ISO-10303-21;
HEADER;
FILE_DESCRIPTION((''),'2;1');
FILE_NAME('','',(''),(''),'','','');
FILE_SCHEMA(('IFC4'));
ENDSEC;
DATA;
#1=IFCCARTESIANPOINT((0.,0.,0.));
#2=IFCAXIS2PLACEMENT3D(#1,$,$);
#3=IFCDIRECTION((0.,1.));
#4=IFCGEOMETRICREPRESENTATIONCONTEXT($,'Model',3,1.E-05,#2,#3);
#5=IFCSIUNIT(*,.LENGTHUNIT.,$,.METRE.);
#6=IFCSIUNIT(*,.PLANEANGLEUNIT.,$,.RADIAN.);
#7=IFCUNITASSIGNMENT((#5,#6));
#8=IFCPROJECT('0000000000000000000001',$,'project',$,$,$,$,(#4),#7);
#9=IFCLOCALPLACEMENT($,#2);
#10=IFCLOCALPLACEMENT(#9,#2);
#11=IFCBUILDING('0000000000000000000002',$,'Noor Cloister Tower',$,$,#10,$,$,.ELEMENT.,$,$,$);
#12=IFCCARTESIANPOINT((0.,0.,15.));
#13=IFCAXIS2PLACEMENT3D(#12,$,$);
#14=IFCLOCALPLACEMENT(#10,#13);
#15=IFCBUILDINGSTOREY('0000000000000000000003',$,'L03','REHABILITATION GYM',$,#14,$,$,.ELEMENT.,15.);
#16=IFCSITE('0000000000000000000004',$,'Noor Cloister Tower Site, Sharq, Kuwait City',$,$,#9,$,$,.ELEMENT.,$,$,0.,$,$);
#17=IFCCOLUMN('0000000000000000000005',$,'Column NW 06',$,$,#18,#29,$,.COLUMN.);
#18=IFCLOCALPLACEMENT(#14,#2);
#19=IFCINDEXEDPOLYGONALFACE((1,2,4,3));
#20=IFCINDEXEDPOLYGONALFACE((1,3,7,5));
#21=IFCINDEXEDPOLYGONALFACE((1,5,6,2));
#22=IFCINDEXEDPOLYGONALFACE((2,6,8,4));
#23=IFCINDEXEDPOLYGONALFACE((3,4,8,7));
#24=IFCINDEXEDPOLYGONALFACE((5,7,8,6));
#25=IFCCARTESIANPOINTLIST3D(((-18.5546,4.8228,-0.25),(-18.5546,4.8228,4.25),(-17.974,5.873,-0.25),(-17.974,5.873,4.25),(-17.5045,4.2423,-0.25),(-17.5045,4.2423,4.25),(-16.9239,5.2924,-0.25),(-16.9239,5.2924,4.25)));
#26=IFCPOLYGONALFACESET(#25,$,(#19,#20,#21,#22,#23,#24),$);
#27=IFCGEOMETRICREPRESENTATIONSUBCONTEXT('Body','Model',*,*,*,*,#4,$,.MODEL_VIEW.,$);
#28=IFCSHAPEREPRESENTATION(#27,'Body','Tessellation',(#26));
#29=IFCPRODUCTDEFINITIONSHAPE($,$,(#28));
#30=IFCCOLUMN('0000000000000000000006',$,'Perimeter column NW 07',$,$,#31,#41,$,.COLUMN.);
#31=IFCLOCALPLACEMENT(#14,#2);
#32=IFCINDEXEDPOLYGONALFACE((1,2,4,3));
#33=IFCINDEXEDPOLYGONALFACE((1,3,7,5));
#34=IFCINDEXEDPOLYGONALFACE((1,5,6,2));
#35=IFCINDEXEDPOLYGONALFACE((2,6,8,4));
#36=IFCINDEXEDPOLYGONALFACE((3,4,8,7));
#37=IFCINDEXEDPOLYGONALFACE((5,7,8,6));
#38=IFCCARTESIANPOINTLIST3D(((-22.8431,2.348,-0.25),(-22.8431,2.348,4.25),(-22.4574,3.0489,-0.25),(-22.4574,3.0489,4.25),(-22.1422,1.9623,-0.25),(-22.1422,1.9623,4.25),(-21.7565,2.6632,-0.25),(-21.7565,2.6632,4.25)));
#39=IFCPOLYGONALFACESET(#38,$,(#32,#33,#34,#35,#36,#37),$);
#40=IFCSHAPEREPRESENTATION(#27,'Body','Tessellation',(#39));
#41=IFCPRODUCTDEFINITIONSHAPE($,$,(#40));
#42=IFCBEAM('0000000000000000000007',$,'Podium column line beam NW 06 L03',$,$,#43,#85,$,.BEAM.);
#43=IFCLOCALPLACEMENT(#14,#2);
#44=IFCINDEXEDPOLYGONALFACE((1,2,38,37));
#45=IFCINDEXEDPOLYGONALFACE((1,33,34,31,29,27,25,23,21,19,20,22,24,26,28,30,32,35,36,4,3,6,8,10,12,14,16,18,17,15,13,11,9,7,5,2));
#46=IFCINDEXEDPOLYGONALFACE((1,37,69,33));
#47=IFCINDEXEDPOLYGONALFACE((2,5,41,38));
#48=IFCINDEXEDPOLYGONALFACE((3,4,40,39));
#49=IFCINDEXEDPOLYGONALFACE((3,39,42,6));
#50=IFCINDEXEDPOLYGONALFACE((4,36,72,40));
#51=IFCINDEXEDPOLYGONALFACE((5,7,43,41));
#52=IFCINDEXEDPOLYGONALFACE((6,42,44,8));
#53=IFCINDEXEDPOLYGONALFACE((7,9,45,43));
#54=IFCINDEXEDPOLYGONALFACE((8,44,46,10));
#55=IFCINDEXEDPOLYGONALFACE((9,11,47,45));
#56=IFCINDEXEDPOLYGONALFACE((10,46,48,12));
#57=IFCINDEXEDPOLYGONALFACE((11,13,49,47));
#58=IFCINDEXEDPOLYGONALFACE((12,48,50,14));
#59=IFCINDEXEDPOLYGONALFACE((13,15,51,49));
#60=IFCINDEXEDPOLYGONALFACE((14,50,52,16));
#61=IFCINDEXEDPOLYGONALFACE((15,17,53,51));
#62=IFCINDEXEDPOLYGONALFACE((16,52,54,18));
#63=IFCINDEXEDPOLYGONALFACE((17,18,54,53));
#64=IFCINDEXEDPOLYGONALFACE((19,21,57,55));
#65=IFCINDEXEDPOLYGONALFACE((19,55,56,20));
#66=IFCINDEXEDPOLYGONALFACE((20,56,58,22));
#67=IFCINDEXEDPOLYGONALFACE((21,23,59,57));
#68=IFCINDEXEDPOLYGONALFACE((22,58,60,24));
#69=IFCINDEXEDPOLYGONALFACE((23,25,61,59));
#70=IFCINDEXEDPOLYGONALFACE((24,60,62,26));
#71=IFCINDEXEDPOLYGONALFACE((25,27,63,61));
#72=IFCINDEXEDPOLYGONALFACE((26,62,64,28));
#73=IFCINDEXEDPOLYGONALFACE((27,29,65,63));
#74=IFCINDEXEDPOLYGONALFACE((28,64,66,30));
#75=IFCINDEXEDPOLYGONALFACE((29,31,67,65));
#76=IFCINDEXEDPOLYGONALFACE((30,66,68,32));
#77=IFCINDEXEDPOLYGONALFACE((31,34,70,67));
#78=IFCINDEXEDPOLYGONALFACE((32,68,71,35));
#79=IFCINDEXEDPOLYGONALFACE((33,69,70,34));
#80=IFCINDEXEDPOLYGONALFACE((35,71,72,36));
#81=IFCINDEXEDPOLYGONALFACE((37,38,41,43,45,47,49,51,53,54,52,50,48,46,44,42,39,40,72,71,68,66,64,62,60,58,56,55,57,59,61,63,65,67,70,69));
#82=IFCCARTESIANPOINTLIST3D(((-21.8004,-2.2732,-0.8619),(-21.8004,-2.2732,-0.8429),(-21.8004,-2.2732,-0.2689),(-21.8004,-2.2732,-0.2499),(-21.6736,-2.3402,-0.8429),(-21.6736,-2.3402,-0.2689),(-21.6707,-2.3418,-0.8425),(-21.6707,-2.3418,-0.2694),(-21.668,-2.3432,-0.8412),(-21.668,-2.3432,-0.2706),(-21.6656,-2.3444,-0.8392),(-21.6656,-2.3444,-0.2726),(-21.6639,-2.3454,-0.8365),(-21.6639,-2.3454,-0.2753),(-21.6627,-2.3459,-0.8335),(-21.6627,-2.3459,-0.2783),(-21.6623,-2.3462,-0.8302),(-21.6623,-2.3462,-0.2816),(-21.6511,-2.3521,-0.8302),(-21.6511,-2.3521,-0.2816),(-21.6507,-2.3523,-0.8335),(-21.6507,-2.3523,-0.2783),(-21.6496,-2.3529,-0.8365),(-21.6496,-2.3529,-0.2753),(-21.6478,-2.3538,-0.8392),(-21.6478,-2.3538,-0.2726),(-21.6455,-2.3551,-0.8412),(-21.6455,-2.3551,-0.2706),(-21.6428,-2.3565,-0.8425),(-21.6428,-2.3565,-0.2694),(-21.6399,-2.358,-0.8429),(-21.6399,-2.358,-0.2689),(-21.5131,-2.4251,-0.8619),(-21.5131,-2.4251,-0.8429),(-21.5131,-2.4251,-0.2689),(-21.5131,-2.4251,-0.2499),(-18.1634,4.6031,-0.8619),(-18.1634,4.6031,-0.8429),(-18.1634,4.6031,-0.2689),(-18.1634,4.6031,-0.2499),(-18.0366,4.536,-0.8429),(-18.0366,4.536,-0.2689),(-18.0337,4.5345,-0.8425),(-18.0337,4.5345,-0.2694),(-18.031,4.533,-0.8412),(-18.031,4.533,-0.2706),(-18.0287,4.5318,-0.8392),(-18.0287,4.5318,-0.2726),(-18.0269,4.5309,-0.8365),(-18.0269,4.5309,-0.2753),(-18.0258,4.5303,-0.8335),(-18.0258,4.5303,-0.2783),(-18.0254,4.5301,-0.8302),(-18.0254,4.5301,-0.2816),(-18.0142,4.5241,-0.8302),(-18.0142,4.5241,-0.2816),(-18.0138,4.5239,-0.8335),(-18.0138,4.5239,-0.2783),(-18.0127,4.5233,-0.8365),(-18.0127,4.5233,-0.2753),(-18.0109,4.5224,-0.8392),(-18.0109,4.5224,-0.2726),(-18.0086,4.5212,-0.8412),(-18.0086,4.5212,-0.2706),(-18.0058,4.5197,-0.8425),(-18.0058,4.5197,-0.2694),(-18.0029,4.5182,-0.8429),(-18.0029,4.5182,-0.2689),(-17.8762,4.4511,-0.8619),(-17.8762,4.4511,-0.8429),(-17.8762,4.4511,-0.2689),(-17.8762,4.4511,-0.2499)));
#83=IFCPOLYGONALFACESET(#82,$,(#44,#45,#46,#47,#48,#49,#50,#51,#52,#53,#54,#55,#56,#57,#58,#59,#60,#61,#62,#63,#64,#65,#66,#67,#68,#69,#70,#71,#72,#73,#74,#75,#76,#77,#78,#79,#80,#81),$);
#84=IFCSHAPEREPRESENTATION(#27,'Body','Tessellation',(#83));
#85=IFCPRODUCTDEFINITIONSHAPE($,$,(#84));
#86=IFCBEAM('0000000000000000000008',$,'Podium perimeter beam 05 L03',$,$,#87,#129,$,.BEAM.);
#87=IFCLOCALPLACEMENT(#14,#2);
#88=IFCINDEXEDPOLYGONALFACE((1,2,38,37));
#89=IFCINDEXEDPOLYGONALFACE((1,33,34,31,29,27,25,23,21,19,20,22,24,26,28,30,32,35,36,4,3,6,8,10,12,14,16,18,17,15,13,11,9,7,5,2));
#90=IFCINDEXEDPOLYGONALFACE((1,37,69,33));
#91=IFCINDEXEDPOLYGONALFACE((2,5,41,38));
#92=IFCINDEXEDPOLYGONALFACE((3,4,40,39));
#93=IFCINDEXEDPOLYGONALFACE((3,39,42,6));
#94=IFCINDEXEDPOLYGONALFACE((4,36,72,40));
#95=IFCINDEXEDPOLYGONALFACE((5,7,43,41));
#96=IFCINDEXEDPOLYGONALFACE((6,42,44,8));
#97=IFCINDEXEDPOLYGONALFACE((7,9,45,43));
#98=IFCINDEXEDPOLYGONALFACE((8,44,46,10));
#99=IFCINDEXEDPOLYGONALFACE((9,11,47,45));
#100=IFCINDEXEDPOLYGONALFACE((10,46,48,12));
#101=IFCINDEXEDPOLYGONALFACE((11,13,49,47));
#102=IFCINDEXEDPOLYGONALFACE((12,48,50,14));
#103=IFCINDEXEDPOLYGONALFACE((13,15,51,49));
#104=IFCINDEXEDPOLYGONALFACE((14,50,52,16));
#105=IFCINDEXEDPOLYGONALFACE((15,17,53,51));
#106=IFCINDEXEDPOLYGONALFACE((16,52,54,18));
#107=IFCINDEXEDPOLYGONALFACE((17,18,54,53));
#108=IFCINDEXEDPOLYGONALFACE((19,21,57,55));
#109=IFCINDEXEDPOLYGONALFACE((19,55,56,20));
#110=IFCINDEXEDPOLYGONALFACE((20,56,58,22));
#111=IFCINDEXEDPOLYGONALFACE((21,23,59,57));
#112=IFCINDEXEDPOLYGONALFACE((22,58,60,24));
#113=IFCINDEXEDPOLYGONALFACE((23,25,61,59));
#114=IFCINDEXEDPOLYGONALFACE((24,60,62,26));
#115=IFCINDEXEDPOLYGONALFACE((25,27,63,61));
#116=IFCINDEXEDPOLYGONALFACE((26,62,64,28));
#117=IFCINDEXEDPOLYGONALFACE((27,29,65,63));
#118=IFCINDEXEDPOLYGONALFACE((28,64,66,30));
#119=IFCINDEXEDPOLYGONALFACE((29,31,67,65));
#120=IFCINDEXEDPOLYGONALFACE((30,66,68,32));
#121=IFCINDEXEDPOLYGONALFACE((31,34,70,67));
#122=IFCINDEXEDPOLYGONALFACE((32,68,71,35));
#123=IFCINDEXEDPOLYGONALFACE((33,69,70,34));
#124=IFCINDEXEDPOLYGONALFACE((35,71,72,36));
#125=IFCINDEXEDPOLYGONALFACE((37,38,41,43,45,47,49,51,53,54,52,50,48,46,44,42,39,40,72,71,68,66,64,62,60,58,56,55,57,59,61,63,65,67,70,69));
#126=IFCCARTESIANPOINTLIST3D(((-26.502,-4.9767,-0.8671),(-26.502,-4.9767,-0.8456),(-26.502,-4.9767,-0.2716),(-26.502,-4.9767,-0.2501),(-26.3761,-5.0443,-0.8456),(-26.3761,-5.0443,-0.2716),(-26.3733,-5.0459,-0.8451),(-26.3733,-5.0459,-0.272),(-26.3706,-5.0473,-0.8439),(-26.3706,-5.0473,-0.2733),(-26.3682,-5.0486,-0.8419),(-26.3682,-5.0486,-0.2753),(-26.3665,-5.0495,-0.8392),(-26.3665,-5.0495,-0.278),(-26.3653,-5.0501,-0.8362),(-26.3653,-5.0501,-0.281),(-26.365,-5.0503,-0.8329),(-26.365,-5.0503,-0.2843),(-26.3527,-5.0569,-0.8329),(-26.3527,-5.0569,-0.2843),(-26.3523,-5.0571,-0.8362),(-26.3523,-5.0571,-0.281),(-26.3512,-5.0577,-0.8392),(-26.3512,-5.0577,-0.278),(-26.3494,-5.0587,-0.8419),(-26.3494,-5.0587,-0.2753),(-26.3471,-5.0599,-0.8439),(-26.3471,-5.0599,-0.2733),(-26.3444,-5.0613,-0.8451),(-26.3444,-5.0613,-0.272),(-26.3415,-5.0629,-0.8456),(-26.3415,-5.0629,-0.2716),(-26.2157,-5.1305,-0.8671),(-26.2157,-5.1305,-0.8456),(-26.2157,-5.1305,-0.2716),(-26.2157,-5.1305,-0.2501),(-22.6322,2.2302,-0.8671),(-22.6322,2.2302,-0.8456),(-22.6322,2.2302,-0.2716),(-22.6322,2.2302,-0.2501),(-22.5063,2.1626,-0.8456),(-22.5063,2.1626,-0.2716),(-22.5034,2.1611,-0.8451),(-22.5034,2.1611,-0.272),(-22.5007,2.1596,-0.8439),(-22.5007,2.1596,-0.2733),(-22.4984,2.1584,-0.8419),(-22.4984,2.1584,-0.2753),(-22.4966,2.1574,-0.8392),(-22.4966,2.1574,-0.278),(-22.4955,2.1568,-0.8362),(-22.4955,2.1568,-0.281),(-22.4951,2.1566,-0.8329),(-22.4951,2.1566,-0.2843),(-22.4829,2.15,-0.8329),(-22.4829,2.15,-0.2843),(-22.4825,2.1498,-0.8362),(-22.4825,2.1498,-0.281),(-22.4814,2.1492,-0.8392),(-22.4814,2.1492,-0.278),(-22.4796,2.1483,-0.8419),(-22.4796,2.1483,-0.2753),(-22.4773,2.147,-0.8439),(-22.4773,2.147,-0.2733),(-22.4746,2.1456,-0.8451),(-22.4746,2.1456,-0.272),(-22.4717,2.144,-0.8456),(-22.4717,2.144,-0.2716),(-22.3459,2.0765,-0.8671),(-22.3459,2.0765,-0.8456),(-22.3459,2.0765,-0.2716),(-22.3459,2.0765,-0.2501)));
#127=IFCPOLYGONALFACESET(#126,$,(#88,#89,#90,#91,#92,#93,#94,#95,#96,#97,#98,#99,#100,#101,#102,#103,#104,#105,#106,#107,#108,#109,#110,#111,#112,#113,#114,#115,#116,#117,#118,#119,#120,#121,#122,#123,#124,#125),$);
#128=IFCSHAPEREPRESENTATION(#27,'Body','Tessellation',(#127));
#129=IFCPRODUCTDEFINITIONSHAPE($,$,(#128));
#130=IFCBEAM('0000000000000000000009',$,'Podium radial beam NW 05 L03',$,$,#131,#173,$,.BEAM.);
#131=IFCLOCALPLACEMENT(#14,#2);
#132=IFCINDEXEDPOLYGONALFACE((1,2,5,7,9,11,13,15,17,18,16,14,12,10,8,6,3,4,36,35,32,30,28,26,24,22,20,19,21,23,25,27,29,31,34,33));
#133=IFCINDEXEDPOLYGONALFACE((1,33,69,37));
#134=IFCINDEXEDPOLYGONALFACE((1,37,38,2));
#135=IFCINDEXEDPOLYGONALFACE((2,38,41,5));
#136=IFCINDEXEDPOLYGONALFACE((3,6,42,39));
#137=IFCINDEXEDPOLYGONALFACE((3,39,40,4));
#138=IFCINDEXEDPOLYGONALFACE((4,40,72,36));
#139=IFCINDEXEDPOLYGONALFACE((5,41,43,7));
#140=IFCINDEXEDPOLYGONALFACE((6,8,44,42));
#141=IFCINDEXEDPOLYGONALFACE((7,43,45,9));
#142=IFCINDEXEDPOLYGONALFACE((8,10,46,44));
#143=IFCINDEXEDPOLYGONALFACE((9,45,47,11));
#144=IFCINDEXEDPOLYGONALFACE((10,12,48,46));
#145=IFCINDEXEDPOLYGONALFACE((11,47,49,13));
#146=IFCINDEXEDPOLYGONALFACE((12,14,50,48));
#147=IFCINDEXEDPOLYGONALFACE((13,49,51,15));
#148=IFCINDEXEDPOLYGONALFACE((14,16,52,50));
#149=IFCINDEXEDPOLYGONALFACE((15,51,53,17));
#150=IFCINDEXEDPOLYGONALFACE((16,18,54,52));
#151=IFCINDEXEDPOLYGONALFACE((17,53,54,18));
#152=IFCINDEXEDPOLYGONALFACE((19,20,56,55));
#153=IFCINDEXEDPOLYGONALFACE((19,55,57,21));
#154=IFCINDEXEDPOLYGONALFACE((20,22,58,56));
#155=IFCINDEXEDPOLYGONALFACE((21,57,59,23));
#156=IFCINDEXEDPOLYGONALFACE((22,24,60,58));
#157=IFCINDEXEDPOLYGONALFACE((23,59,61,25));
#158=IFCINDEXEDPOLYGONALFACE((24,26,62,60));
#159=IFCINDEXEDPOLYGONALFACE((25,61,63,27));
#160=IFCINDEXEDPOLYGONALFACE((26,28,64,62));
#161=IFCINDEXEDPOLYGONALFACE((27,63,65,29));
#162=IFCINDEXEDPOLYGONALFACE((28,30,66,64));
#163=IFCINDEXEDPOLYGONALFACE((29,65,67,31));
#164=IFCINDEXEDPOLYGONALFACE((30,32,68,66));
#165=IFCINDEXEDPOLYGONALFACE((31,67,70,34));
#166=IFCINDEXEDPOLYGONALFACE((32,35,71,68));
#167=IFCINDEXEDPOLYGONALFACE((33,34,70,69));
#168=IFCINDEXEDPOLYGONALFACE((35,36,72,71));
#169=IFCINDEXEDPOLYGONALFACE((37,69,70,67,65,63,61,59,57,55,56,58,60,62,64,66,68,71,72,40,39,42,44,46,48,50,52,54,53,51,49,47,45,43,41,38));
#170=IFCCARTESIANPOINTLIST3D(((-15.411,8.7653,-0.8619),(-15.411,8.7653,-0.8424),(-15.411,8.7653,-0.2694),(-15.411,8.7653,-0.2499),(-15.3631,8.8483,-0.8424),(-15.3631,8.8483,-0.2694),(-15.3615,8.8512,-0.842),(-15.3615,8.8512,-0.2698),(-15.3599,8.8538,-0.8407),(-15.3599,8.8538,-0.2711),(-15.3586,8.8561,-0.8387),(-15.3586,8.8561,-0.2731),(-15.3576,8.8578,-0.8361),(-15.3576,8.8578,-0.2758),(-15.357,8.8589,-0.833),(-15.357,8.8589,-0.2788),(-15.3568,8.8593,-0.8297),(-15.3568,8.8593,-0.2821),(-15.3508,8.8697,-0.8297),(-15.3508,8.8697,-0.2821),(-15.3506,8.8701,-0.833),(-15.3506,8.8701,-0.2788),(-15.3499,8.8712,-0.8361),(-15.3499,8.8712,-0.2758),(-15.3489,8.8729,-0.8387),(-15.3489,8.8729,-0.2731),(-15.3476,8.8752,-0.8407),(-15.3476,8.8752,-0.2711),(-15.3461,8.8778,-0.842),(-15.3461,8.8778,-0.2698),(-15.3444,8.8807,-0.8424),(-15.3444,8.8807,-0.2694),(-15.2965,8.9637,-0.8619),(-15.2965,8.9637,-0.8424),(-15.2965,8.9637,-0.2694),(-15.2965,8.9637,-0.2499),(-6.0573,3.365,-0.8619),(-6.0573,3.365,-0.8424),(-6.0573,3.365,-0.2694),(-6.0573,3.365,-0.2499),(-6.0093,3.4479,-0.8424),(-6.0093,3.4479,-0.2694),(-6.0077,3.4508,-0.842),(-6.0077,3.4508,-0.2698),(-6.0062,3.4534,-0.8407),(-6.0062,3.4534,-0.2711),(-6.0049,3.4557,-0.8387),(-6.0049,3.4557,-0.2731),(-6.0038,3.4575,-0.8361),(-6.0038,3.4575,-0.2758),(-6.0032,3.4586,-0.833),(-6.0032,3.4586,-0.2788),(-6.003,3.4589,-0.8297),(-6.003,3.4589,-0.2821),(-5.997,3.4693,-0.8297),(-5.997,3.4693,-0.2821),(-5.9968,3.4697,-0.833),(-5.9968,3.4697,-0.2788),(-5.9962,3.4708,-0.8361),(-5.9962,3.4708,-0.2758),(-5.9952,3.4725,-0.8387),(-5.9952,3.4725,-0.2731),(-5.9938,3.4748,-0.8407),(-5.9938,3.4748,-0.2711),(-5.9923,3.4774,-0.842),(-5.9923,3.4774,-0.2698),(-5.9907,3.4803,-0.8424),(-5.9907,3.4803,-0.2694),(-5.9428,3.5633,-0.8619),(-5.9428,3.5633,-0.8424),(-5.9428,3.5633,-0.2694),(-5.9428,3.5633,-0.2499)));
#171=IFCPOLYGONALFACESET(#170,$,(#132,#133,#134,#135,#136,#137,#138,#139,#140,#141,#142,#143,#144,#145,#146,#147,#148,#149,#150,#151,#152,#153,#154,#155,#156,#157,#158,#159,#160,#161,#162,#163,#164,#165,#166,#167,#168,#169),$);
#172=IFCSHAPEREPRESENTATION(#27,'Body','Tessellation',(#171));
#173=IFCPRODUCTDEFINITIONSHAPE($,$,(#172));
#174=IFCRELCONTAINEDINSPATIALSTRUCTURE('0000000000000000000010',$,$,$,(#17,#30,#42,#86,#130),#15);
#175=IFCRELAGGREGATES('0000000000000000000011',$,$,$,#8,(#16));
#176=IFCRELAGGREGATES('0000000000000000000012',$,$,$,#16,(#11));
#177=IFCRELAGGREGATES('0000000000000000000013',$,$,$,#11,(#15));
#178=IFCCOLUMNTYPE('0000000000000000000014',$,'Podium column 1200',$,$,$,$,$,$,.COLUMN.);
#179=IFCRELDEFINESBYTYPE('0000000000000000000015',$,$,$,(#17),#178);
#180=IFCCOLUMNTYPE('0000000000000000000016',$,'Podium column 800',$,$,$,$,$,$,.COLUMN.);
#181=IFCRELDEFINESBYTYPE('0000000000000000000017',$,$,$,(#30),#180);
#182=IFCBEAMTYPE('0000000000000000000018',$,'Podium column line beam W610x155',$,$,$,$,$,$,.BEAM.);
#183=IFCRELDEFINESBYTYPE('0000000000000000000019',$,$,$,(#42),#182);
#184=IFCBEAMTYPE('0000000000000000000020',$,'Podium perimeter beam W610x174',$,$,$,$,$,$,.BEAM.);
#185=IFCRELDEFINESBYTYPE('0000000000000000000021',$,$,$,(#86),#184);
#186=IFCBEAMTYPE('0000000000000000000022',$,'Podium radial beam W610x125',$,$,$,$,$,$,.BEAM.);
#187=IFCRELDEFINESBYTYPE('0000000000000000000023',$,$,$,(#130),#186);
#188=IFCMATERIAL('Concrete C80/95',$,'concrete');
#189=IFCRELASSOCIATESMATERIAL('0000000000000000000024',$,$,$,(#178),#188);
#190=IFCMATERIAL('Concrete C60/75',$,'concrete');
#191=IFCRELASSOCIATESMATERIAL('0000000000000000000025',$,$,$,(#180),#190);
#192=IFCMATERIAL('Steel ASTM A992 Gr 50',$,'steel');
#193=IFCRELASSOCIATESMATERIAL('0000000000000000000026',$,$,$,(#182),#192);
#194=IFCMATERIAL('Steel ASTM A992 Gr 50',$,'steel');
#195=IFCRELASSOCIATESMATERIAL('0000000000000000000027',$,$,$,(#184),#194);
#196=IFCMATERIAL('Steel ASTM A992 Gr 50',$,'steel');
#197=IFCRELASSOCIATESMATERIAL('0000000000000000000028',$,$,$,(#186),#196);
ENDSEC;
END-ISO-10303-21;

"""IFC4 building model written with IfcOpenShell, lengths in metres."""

from ifc_helpers import new_model, si_unit, direction, frame, origin, origin_2d, place, context, subcontext, project, spatial, rectangle, i_section, extrude, material, material_profile, profile_set, type_object, element, save


model = new_model("IFC4")

# Units and contexts
model_context = context("Model", 3, precision=1e-05, world=origin(), true_north=direction((0.0, 1.0)))
body_context = subcontext(model_context, "Body", "Model", "MODEL_VIEW")
ifc_project = project(units=[si_unit("LENGTHUNIT", "METRE"), si_unit("PLANEANGLEUNIT", "RADIAN")], contexts=[model_context])

# Site, building, storey
site_placement = place(None, origin())
site = spatial("IfcSite", under=ifc_project, at=site_placement, Name="Noor Cloister Tower Site, Sharq, Kuwait City", CompositionType="ELEMENT", RefElevation=0.0)
building_placement = place(site_placement, origin())
building = spatial("IfcBuilding", under=site, at=building_placement, Name="Noor Cloister Tower", CompositionType="ELEMENT")
storey_placement = place(building_placement, frame((0.0, 0.0, 15.0)))
storey = spatial("IfcBuildingStorey", under=building, at=storey_placement, Name="L03", Description="REHABILITATION GYM", CompositionType="ELEMENT", Elevation=15.0)

# Columns
ifc_material_1 = material(Name="Concrete C80/95", Category="concrete")
ifc_material_profile_1 = material_profile(ifc_material_1, rectangle(XDim=1.2, YDim=1.2, at=origin_2d()), Name="Podium column 1200")
ifc_profile_set_1 = profile_set([ifc_material_profile_1], Name="Concrete C80/95")
column_type_1 = type_object("IfcColumnType", Name="Podium column 1200", PredefinedType="COLUMN", material=ifc_profile_set_1)
column_1_placement = place(storey_placement, frame((-17.7393, 5.0576, -0.25), z_axis=(0.0, 0.0, 1.0), x_axis=(-0.875153, 0.483847, 0.0)))
element("IfcColumn", 1, at=column_1_placement, inside=storey, type_object=column_type_1, Name="Column NW 06", PredefinedType="COLUMN", context=body_context, shape_type="SweptSolid", body=[
    extrude(rectangle(XDim=1.2, YDim=1.2, at=origin_2d()), origin(), (0.0, 0.0, 1.0), 4.5),
])
ifc_material_2 = material(Name="Concrete C60/75", Category="concrete")
ifc_material_profile_2 = material_profile(ifc_material_2, rectangle(XDim=0.8, YDim=0.8, at=origin_2d()), Name="Podium column 800")
ifc_profile_set_2 = profile_set([ifc_material_profile_2], Name="Concrete C60/75")
column_type_2 = type_object("IfcColumnType", Name="Podium column 800", PredefinedType="COLUMN", material=ifc_profile_set_2)
column_2_placement = place(storey_placement, frame((-22.2998, 2.5056, -0.25), z_axis=(0.0, 0.0, 1.0), x_axis=(-0.876111, 0.482109, 0.0)))
element("IfcColumn", 2, at=column_2_placement, inside=storey, type_object=column_type_2, Name="Perimeter column NW 07", PredefinedType="COLUMN", context=body_context, shape_type="SweptSolid", body=[
    extrude(rectangle(XDim=0.8, YDim=0.8, at=origin_2d()), origin(), (0.0, 0.0, 1.0), 4.5),
])

# Beams
ifc_material_3 = material(Name="Steel ASTM A992 Gr 50", Category="steel")
ifc_material_profile_3 = material_profile(ifc_material_3, i_section(OverallWidth=0.325, OverallDepth=0.6121, WebThickness=0.0127, FlangeThickness=0.019, FilletRadius=0.0127, at=origin_2d()), Name="W610x155")
ifc_profile_set_3 = profile_set([ifc_material_profile_3], Name="Steel ASTM A992 Gr 50")
beam_type_1 = type_object("IfcBeamType", Name="Podium column line beam W610x155", PredefinedType="BEAM", material=ifc_profile_set_3)
beam_1_placement = place(storey_placement, frame((-18.0198, 4.5271, -0.5559), z_axis=(-0.467547, -0.883968, 0.0), x_axis=(0.883968, -0.467547, 0.0)))
element("IfcBeam", 3, at=beam_1_placement, inside=storey, type_object=beam_type_1, Name="Podium column line beam NW 06 L03", PredefinedType="BEAM", context=body_context, shape_type="SweptSolid", body=[
    extrude(i_section(OverallWidth=0.325, OverallDepth=0.6121, WebThickness=0.0127, FlangeThickness=0.019, FilletRadius=0.0127, at=origin_2d()), origin(), (0.0, 0.0, 1.0), 7.7788),
])
ifc_material_4 = material(Name="Steel ASTM A992 Gr 50", Category="steel")
ifc_material_profile_4 = material_profile(ifc_material_4, i_section(OverallWidth=0.325, OverallDepth=0.6169, WebThickness=0.0139, FlangeThickness=0.0215, FilletRadius=0.0127, at=origin_2d()), Name="W610x174")
ifc_profile_set_4 = profile_set([ifc_material_profile_4], Name="Steel ASTM A992 Gr 50")
beam_type_2 = type_object("IfcBeamType", Name="Podium perimeter beam W610x174", PredefinedType="BEAM", material=ifc_profile_set_4)
beam_2_placement = place(storey_placement, frame((-22.489, 2.1533, -0.5586), z_axis=(-0.473073, -0.881023, 0.0), x_axis=(0.881023, -0.473073, 0.0)))
element("IfcBeam", 4, at=beam_2_placement, inside=storey, type_object=beam_type_2, Name="Podium perimeter beam 05 L03", PredefinedType="BEAM", context=body_context, shape_type="SweptSolid", body=[
    extrude(i_section(OverallWidth=0.325, OverallDepth=0.6169, WebThickness=0.0139, FlangeThickness=0.0215, FilletRadius=0.0127, at=origin_2d()), origin(), (0.0, 0.0, 1.0), 8.1802),
])
ifc_material_5 = material(Name="Steel ASTM A992 Gr 50", Category="steel")
ifc_material_profile_5 = material_profile(ifc_material_5, i_section(OverallWidth=0.229, OverallDepth=0.6121, WebThickness=0.012, FlangeThickness=0.0195, FilletRadius=0.0127, at=origin_2d()), Name="W610x125")
ifc_profile_set_5 = profile_set([ifc_material_profile_5], Name="Steel ASTM A992 Gr 50")
beam_type_3 = type_object("IfcBeamType", Name="Podium radial beam W610x125", PredefinedType="BEAM", material=ifc_profile_set_5)
beam_3_placement = place(storey_placement, frame((-15.3538, 8.8645, -0.5559), z_axis=(0.866026, -0.5, 0.0), x_axis=(0.5, 0.866026, 0.0)))
element("IfcBeam", 5, at=beam_3_placement, inside=storey, type_object=beam_type_3, Name="Podium radial beam NW 05 L03", PredefinedType="BEAM", context=body_context, shape_type="SweptSolid", body=[
    extrude(i_section(OverallWidth=0.229, OverallDepth=0.6121, WebThickness=0.012, FlangeThickness=0.0195, FilletRadius=0.0127, at=origin_2d()), origin(), (0.0, 0.0, 1.0), 10.8008),
])

save(model, "model.ifc")
